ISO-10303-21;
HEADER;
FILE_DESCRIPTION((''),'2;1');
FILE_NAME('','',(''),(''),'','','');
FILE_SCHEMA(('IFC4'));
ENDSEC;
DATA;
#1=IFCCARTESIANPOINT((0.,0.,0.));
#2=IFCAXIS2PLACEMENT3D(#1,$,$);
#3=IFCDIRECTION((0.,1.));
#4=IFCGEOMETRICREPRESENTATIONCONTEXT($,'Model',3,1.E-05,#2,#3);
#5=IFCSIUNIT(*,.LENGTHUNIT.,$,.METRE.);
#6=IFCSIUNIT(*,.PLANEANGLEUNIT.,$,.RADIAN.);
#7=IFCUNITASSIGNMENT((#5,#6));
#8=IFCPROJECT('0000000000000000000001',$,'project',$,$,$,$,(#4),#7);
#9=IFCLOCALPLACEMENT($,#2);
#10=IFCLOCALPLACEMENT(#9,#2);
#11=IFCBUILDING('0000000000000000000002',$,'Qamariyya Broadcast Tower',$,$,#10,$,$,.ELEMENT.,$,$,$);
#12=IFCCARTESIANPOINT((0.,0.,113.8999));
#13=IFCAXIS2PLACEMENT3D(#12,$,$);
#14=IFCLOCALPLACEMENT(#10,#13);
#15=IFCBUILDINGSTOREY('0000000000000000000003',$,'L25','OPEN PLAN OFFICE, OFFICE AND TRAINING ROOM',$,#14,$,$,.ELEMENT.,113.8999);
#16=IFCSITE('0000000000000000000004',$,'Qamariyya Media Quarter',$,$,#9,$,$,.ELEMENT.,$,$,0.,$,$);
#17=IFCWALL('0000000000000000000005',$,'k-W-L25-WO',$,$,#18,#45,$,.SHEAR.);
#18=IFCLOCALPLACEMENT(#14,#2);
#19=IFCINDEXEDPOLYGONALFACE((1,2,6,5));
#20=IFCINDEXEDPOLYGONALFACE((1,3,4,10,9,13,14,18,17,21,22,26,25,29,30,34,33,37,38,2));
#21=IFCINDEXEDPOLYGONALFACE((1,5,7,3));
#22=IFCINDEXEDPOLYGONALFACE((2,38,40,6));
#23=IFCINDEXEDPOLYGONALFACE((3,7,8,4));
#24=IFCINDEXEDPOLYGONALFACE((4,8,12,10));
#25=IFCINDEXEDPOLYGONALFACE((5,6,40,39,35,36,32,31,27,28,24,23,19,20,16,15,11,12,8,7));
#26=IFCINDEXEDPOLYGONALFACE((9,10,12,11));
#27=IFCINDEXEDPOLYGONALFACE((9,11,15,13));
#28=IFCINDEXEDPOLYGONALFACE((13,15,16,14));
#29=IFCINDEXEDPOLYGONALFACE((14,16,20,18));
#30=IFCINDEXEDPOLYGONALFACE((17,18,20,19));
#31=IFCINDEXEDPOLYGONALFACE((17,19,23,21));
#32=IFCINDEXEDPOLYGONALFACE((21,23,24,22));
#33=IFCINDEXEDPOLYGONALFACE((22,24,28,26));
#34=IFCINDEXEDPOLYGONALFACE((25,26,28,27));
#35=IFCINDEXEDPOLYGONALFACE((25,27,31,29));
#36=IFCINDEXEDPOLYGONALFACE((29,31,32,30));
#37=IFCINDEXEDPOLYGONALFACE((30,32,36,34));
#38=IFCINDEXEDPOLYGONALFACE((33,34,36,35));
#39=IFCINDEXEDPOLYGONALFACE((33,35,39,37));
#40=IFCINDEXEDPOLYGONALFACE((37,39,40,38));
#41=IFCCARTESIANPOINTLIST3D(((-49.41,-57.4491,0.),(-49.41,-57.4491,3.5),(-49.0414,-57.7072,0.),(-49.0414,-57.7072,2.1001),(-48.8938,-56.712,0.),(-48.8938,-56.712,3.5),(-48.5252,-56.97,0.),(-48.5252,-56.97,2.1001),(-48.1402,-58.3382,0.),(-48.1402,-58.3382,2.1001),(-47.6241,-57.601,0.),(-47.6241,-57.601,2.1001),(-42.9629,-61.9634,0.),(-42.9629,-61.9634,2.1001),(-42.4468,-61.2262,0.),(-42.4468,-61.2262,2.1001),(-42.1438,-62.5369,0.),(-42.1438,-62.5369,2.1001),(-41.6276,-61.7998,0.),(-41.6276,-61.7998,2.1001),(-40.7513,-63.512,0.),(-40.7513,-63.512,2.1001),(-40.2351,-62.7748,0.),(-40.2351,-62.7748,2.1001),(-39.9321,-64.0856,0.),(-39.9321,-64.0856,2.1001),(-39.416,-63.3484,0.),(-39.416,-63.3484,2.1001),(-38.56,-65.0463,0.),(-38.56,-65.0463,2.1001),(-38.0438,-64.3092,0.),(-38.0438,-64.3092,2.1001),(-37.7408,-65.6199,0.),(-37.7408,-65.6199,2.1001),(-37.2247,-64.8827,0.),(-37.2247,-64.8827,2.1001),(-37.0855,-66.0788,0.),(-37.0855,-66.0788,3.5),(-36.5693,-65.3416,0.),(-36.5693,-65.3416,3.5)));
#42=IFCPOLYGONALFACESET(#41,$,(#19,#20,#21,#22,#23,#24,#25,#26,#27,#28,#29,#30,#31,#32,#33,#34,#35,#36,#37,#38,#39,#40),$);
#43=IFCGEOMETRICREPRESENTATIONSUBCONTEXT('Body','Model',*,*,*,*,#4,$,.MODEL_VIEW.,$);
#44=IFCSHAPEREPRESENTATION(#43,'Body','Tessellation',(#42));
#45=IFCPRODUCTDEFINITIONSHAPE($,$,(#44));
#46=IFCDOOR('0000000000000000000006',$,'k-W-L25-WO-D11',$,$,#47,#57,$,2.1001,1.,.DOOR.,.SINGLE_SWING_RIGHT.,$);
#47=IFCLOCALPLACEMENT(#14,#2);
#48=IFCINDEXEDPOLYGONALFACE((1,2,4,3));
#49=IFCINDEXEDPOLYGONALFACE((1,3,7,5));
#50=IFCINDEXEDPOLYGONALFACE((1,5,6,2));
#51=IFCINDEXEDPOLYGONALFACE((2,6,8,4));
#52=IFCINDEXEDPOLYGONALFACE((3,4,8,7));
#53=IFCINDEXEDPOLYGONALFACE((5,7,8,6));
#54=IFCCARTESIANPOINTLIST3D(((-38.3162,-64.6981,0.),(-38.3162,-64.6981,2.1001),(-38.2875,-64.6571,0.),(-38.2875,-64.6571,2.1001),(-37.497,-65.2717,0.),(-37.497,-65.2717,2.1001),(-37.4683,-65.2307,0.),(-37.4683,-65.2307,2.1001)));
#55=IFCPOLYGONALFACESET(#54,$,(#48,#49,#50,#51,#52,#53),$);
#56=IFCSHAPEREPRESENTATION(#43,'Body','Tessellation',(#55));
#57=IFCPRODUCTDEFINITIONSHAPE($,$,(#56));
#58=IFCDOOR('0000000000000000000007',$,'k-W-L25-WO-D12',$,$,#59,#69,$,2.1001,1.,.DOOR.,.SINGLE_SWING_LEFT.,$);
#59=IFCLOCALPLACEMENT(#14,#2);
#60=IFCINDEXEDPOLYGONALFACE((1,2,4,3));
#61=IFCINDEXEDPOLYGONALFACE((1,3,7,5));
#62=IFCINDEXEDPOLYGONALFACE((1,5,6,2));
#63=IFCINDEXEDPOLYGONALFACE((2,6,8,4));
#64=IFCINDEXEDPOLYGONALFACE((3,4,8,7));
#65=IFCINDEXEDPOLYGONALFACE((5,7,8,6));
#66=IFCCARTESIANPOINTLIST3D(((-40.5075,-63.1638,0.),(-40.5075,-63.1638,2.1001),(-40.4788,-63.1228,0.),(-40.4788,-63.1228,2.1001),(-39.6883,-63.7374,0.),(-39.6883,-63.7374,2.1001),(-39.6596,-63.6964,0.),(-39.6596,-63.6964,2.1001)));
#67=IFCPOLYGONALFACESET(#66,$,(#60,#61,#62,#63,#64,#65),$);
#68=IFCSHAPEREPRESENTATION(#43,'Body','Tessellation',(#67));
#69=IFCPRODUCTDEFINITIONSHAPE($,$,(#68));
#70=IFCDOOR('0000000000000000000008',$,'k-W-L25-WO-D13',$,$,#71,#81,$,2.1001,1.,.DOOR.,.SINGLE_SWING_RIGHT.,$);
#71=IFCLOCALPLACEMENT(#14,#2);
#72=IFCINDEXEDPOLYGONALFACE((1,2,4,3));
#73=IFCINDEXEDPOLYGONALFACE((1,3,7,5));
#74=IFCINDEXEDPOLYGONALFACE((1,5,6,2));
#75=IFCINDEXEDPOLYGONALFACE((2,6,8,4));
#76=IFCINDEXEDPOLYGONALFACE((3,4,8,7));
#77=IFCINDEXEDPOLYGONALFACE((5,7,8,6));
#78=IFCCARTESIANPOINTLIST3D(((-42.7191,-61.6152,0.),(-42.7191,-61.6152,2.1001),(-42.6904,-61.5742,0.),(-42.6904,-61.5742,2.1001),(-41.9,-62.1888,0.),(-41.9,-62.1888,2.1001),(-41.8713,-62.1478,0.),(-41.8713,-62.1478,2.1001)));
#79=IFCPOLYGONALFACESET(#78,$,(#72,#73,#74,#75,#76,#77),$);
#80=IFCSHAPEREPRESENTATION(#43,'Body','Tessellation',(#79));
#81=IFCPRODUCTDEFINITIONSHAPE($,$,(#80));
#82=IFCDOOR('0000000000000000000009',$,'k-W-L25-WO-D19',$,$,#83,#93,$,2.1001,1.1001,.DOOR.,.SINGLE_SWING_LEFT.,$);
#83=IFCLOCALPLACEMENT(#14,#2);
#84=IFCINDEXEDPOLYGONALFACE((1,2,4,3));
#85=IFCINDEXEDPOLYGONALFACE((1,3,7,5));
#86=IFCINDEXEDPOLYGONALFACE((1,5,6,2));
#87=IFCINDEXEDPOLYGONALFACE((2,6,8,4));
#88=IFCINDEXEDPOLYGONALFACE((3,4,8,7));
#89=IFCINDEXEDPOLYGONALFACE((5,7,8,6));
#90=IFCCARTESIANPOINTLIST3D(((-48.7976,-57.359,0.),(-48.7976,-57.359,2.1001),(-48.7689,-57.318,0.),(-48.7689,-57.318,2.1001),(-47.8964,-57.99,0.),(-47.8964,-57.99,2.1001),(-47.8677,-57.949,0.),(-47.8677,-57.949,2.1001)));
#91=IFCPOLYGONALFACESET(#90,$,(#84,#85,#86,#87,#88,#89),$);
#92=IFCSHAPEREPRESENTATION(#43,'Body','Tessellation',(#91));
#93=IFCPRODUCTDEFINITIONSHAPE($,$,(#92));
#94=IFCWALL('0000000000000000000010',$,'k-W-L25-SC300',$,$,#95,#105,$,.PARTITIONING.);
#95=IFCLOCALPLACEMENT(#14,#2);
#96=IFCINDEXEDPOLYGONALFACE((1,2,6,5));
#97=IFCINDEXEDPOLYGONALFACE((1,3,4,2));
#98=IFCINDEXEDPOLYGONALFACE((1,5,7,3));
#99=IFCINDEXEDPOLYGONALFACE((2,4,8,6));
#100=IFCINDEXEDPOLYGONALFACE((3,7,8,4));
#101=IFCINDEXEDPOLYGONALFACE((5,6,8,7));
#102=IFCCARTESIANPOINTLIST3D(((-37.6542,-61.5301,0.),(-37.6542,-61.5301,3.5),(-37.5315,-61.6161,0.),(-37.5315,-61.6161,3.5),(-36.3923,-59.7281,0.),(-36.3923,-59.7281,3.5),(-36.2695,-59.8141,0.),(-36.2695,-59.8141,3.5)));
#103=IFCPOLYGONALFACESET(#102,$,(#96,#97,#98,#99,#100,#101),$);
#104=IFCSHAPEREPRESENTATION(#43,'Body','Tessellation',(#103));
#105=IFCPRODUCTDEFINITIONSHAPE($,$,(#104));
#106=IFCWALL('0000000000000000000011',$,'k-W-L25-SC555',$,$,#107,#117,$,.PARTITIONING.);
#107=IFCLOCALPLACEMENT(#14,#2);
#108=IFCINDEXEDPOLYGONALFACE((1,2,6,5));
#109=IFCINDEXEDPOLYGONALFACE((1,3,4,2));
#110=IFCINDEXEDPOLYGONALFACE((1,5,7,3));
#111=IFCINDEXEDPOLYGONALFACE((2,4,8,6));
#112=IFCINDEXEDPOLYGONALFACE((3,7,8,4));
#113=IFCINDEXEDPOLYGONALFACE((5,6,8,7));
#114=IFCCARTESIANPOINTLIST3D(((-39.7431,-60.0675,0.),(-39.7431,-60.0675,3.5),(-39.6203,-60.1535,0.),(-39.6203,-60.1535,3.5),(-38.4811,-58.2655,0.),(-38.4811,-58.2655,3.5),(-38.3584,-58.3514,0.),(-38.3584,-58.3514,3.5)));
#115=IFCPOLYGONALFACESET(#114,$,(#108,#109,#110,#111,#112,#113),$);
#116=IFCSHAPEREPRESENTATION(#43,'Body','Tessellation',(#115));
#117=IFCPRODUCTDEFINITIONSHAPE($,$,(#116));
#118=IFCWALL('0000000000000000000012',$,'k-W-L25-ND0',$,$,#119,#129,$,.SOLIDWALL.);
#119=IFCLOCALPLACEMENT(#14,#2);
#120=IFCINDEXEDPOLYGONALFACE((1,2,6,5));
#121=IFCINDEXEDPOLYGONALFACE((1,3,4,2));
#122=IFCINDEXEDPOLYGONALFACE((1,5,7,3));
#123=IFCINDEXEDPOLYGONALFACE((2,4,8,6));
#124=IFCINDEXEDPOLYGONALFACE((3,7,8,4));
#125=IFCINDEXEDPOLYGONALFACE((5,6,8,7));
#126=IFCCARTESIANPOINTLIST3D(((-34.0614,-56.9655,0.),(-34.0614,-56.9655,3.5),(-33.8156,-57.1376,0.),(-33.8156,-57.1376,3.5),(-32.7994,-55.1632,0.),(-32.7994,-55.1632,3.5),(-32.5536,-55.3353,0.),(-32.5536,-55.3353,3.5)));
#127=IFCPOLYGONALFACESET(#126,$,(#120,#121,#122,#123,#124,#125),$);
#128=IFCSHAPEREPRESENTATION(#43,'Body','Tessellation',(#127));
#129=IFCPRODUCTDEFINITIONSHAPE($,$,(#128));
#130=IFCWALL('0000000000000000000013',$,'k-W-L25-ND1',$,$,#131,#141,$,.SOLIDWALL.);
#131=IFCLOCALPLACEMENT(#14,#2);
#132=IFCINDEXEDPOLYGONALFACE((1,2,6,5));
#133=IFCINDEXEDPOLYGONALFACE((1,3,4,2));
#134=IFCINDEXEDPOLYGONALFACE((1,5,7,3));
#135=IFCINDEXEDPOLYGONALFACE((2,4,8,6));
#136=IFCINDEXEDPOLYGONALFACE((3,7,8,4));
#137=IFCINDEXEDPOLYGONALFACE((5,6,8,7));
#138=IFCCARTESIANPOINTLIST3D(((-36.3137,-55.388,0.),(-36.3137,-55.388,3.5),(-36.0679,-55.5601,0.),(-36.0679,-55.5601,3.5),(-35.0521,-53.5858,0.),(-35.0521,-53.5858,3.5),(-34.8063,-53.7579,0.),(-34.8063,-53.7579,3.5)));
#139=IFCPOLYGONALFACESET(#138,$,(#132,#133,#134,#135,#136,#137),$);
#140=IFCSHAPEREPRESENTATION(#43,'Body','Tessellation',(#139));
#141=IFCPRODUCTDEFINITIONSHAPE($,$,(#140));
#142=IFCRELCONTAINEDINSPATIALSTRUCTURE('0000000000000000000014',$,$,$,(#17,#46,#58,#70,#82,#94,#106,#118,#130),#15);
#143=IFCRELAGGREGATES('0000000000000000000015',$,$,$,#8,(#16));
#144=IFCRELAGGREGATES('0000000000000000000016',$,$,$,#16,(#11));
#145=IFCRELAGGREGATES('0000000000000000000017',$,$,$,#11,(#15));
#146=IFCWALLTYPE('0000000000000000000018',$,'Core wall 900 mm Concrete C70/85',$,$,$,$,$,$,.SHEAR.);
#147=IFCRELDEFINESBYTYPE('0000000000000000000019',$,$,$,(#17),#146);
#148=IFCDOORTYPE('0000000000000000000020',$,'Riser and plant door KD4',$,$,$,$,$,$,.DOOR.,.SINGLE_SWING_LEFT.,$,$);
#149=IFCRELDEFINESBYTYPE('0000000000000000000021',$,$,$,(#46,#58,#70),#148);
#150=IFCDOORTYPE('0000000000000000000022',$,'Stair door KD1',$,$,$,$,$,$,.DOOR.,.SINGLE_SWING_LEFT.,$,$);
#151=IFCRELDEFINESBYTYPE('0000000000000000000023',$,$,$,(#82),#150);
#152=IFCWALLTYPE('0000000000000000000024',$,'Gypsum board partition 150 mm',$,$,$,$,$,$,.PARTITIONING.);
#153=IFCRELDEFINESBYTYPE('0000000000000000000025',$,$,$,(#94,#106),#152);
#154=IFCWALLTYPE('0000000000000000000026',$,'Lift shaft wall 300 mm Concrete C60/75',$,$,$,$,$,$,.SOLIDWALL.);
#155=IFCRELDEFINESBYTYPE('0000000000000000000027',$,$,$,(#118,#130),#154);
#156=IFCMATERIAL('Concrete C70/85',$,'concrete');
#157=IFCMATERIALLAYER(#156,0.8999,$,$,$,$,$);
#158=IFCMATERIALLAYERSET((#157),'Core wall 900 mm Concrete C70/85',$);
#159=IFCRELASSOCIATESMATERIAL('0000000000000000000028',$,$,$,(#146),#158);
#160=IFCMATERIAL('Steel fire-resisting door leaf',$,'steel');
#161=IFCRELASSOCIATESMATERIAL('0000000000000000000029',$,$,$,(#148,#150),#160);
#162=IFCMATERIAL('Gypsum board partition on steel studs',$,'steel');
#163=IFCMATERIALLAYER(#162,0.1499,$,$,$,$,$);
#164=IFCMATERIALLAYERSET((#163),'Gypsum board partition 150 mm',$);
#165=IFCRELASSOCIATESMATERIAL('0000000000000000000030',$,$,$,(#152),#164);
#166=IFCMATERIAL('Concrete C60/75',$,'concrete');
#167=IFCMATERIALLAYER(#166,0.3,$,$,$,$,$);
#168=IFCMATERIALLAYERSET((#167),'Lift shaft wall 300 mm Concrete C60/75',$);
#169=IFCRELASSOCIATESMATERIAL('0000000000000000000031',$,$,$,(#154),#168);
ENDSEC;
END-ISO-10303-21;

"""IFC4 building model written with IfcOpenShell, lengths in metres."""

from ifc_helpers import new_model, si_unit, direction, frame, frame_2d, origin, place, context, subcontext, project, spatial, rectangle, extrude, material, layer, layer_set, type_object, element, fill, save


model = new_model("IFC4")

# Units and contexts
model_context = context("Model", 3, precision=1e-05, world=origin(), true_north=direction((0.0, 1.0)))
body_context = subcontext(model_context, "Body", "Model", "MODEL_VIEW")
ifc_project = project(units=[si_unit("LENGTHUNIT", "METRE"), si_unit("PLANEANGLEUNIT", "RADIAN")], contexts=[model_context])

# Site, building, storey
site_placement = place(None, origin())
site = spatial("IfcSite", under=ifc_project, at=site_placement, Name="Qamariyya Media Quarter", CompositionType="ELEMENT", RefElevation=0.0)
building_placement = place(site_placement, origin())
building = spatial("IfcBuilding", under=site, at=building_placement, Name="Qamariyya Broadcast Tower", CompositionType="ELEMENT")
storey_placement = place(building_placement, frame((0.0, 0.0, 113.8999)))
storey = spatial("IfcBuildingStorey", under=building, at=storey_placement, Name="L25", Description="OPEN PLAN OFFICE, OFFICE AND TRAINING ROOM", CompositionType="ELEMENT", Elevation=113.8999)

# Shared definitions
ifc_material_1 = material(Name="Concrete C70/85", Category="concrete")

# Shared definitions
ifc_layer_1 = layer(ifc_material_1, 0.8999)
ifc_layer_set_1 = layer_set([ifc_layer_1], Name="Core wall 900 mm Concrete C70/85")
wall_type_1 = type_object("IfcWallType", Name="Core wall 900 mm Concrete C70/85", PredefinedType="SHEAR", material=ifc_layer_set_1)
ifc_material_2 = material(Name="Steel fire-resisting door leaf", Category="steel")

# Wall, openings, doors
wall_1_placement = place(storey_placement, frame((-36.8274, -65.7102, 0.0), z_axis=(0.0, 0.0, 1.0), x_axis=(-0.819153, 0.573575, 0.0)))
wall_1 = element("IfcWall", 1, at=wall_1_placement, inside=storey, type_object=wall_type_1, Name="k-W-L25-WO", PredefinedType="SHEAR", context=body_context, shape_type="SweptSolid", body=[
    extrude(rectangle(XDim=15.0454, YDim=0.8999, at=frame_2d((7.5227, 0.0))), origin(), (0.0, 0.0, 1.0), 3.5),
])
opening_1_placement = place(wall_1_placement, frame((0.8, 0.0, 0.0)))
opening_1 = element("IfcOpeningElement", 2, at=opening_1_placement, cuts=wall_1, PredefinedType="OPENING", context=body_context, shape_type="SweptSolid", body=[
    extrude(rectangle(XDim=1.0, YDim=2.1001, at=frame_2d((0.5, 1.05))), frame((0.0, 0.46, 0.0), z_axis=(0.0, -1.0, 0.0), x_axis=(1.0, 0.0, 0.0)), (0.0, 0.0, 1.0), 0.9199),
])
opening_2_placement = place(wall_1_placement, frame((3.4751, 0.0, 0.0)))
opening_2 = element("IfcOpeningElement", 3, at=opening_2_placement, cuts=wall_1, PredefinedType="OPENING", context=body_context, shape_type="SweptSolid", body=[
    extrude(rectangle(XDim=1.0, YDim=2.1001, at=frame_2d((0.5, 1.05))), frame((0.0, 0.46, 0.0), z_axis=(0.0, -1.0, 0.0), x_axis=(1.0, 0.0, 0.0)), (0.0, 0.0, 1.0), 0.9199),
])
opening_3_placement = place(wall_1_placement, frame((6.175, 0.0, 0.0)))
opening_3 = element("IfcOpeningElement", 4, at=opening_3_placement, cuts=wall_1, PredefinedType="OPENING", context=body_context, shape_type="SweptSolid", body=[
    extrude(rectangle(XDim=1.0, YDim=2.1001, at=frame_2d((0.5, 1.05))), frame((0.0, 0.46, 0.0), z_axis=(0.0, -1.0, 0.0), x_axis=(1.0, 0.0, 0.0)), (0.0, 0.0, 1.0), 0.9199),
])
opening_4_placement = place(wall_1_placement, frame((13.4954, 0.0, 0.0)))
opening_4 = element("IfcOpeningElement", 5, at=opening_4_placement, cuts=wall_1, PredefinedType="OPENING", context=body_context, shape_type="SweptSolid", body=[
    extrude(rectangle(XDim=1.1001, YDim=2.1001, at=frame_2d((0.55, 1.05))), frame((0.0, 0.46, 0.0), z_axis=(0.0, -1.0, 0.0), x_axis=(1.0, 0.0, 0.0)), (0.0, 0.0, 1.0), 0.9199),
])
door_type_1 = type_object("IfcDoorType", Name="Riser and plant door KD4", OperationType="SINGLE_SWING_LEFT", PredefinedType="DOOR", material=ifc_material_2)
door_1_placement = place(opening_1_placement, origin())
door_1 = element("IfcDoor", 6, at=door_1_placement, inside=storey, type_object=door_type_1, Name="k-W-L25-WO-D11", OperationType="SINGLE_SWING_RIGHT", OverallHeight=2.1001, OverallWidth=1.0, PredefinedType="DOOR", context=body_context, shape_type="SweptSolid", body=[
    extrude(rectangle(XDim=1.0, YDim=2.1001, at=frame_2d((0.5, 1.05))), frame((0.0, 0.0249, 0.0), z_axis=(0.0, -1.0, 0.0), x_axis=(1.0, 0.0, 0.0)), (0.0, 0.0, 1.0), 0.05),
])
fill(opening_1, door_1)
door_2_placement = place(opening_2_placement, origin())
door_2 = element("IfcDoor", 7, at=door_2_placement, inside=storey, type_object=door_type_1, Name="k-W-L25-WO-D12", OperationType="SINGLE_SWING_LEFT", OverallHeight=2.1001, OverallWidth=1.0, PredefinedType="DOOR", context=body_context, shape_type="SweptSolid", body=[
    extrude(rectangle(XDim=1.0, YDim=2.1001, at=frame_2d((0.5, 1.05))), frame((0.0, 0.0249, 0.0), z_axis=(0.0, -1.0, 0.0), x_axis=(1.0, 0.0, 0.0)), (0.0, 0.0, 1.0), 0.05),
])
fill(opening_2, door_2)
door_3_placement = place(opening_3_placement, origin())
door_3 = element("IfcDoor", 8, at=door_3_placement, inside=storey, type_object=door_type_1, Name="k-W-L25-WO-D13", OperationType="SINGLE_SWING_RIGHT", OverallHeight=2.1001, OverallWidth=1.0, PredefinedType="DOOR", context=body_context, shape_type="SweptSolid", body=[
    extrude(rectangle(XDim=1.0, YDim=2.1001, at=frame_2d((0.5, 1.05))), frame((0.0, 0.0249, 0.0), z_axis=(0.0, -1.0, 0.0), x_axis=(1.0, 0.0, 0.0)), (0.0, 0.0, 1.0), 0.05),
])
fill(opening_3, door_3)
door_type_2 = type_object("IfcDoorType", Name="Stair door KD1", OperationType="SINGLE_SWING_LEFT", PredefinedType="DOOR", material=ifc_material_2)
door_4_placement = place(opening_4_placement, origin())
door_4 = element("IfcDoor", 9, at=door_4_placement, inside=storey, type_object=door_type_2, Name="k-W-L25-WO-D19", OperationType="SINGLE_SWING_LEFT", OverallHeight=2.1001, OverallWidth=1.1001, PredefinedType="DOOR", context=body_context, shape_type="SweptSolid", body=[
    extrude(rectangle(XDim=1.1001, YDim=2.1001, at=frame_2d((0.55, 1.05))), frame((0.0, 0.0249, 0.0), z_axis=(0.0, -1.0, 0.0), x_axis=(1.0, 0.0, 0.0)), (0.0, 0.0, 1.0), 0.05),
])
fill(opening_4, door_4)

# Walls
ifc_material_3 = material(Name="Gypsum board partition on steel studs", Category="steel")
ifc_layer_2 = layer(ifc_material_3, 0.1499)
ifc_layer_set_2 = layer_set([ifc_layer_2], Name="Gypsum board partition 150 mm")
wall_type_2 = type_object("IfcWallType", Name="Gypsum board partition 150 mm", PredefinedType="PARTITIONING", material=ifc_layer_set_2)
for number, where, z_axis, x_axis, name in (
    (10, (-36.3308, -59.771, 0.0), (0.0, 0.0, 1.0), (-0.573634, -0.819112, 0.0), "k-W-L25-SC300"),
    (11, (-38.4197, -58.3083, 0.0), (0.0, 0.0, 1.0), (-0.573634, -0.819112, 0.0), "k-W-L25-SC555"),
):
    element("IfcWall", number, at=place(storey_placement, frame(where, z_axis=z_axis, x_axis=x_axis)), inside=storey, type_object=wall_type_2, Name=name, PredefinedType="PARTITIONING", context=body_context, shape_type="SweptSolid", body=[
        extrude(rectangle(XDim=2.2, YDim=0.1499, at=frame_2d((1.1001, 0.0))), origin(), (0.0, 0.0, 1.0), 3.5),
    ])
ifc_material_4 = material(Name="Concrete C60/75", Category="concrete")
ifc_layer_3 = layer(ifc_material_4, 0.3)
ifc_layer_set_3 = layer_set([ifc_layer_3], Name="Lift shaft wall 300 mm Concrete C60/75")
wall_type_3 = type_object("IfcWallType", Name="Lift shaft wall 300 mm Concrete C60/75", PredefinedType="SOLIDWALL", material=ifc_layer_set_3)
wall_2_placement = place(storey_placement, frame((-33.9385, -57.0515, 0.0), z_axis=(0.0, 0.0, 1.0), x_axis=(0.573581, 0.819149, 0.0)))
element("IfcWall", 12, at=wall_2_placement, inside=storey, type_object=wall_type_3, Name="k-W-L25-ND0", PredefinedType="SOLIDWALL", context=body_context, shape_type="SweptSolid", body=[
    extrude(rectangle(XDim=2.2002, YDim=0.3, at=frame_2d((1.1001, 0.0))), origin(), (0.0, 0.0, 1.0), 3.5),
])
wall_3_placement = place(storey_placement, frame((-36.1909, -55.4741, 0.0), z_axis=(0.0, 0.0, 1.0), x_axis=(0.573507, 0.819201, 0.0)))
element("IfcWall", 13, at=wall_3_placement, inside=storey, type_object=wall_type_3, Name="k-W-L25-ND1", PredefinedType="SOLIDWALL", context=body_context, shape_type="SweptSolid", body=[
    extrude(rectangle(XDim=2.2, YDim=0.3, at=frame_2d((1.1001, 0.0))), origin(), (0.0, 0.0, 1.0), 3.5),
])

save(model, "model.ifc")
